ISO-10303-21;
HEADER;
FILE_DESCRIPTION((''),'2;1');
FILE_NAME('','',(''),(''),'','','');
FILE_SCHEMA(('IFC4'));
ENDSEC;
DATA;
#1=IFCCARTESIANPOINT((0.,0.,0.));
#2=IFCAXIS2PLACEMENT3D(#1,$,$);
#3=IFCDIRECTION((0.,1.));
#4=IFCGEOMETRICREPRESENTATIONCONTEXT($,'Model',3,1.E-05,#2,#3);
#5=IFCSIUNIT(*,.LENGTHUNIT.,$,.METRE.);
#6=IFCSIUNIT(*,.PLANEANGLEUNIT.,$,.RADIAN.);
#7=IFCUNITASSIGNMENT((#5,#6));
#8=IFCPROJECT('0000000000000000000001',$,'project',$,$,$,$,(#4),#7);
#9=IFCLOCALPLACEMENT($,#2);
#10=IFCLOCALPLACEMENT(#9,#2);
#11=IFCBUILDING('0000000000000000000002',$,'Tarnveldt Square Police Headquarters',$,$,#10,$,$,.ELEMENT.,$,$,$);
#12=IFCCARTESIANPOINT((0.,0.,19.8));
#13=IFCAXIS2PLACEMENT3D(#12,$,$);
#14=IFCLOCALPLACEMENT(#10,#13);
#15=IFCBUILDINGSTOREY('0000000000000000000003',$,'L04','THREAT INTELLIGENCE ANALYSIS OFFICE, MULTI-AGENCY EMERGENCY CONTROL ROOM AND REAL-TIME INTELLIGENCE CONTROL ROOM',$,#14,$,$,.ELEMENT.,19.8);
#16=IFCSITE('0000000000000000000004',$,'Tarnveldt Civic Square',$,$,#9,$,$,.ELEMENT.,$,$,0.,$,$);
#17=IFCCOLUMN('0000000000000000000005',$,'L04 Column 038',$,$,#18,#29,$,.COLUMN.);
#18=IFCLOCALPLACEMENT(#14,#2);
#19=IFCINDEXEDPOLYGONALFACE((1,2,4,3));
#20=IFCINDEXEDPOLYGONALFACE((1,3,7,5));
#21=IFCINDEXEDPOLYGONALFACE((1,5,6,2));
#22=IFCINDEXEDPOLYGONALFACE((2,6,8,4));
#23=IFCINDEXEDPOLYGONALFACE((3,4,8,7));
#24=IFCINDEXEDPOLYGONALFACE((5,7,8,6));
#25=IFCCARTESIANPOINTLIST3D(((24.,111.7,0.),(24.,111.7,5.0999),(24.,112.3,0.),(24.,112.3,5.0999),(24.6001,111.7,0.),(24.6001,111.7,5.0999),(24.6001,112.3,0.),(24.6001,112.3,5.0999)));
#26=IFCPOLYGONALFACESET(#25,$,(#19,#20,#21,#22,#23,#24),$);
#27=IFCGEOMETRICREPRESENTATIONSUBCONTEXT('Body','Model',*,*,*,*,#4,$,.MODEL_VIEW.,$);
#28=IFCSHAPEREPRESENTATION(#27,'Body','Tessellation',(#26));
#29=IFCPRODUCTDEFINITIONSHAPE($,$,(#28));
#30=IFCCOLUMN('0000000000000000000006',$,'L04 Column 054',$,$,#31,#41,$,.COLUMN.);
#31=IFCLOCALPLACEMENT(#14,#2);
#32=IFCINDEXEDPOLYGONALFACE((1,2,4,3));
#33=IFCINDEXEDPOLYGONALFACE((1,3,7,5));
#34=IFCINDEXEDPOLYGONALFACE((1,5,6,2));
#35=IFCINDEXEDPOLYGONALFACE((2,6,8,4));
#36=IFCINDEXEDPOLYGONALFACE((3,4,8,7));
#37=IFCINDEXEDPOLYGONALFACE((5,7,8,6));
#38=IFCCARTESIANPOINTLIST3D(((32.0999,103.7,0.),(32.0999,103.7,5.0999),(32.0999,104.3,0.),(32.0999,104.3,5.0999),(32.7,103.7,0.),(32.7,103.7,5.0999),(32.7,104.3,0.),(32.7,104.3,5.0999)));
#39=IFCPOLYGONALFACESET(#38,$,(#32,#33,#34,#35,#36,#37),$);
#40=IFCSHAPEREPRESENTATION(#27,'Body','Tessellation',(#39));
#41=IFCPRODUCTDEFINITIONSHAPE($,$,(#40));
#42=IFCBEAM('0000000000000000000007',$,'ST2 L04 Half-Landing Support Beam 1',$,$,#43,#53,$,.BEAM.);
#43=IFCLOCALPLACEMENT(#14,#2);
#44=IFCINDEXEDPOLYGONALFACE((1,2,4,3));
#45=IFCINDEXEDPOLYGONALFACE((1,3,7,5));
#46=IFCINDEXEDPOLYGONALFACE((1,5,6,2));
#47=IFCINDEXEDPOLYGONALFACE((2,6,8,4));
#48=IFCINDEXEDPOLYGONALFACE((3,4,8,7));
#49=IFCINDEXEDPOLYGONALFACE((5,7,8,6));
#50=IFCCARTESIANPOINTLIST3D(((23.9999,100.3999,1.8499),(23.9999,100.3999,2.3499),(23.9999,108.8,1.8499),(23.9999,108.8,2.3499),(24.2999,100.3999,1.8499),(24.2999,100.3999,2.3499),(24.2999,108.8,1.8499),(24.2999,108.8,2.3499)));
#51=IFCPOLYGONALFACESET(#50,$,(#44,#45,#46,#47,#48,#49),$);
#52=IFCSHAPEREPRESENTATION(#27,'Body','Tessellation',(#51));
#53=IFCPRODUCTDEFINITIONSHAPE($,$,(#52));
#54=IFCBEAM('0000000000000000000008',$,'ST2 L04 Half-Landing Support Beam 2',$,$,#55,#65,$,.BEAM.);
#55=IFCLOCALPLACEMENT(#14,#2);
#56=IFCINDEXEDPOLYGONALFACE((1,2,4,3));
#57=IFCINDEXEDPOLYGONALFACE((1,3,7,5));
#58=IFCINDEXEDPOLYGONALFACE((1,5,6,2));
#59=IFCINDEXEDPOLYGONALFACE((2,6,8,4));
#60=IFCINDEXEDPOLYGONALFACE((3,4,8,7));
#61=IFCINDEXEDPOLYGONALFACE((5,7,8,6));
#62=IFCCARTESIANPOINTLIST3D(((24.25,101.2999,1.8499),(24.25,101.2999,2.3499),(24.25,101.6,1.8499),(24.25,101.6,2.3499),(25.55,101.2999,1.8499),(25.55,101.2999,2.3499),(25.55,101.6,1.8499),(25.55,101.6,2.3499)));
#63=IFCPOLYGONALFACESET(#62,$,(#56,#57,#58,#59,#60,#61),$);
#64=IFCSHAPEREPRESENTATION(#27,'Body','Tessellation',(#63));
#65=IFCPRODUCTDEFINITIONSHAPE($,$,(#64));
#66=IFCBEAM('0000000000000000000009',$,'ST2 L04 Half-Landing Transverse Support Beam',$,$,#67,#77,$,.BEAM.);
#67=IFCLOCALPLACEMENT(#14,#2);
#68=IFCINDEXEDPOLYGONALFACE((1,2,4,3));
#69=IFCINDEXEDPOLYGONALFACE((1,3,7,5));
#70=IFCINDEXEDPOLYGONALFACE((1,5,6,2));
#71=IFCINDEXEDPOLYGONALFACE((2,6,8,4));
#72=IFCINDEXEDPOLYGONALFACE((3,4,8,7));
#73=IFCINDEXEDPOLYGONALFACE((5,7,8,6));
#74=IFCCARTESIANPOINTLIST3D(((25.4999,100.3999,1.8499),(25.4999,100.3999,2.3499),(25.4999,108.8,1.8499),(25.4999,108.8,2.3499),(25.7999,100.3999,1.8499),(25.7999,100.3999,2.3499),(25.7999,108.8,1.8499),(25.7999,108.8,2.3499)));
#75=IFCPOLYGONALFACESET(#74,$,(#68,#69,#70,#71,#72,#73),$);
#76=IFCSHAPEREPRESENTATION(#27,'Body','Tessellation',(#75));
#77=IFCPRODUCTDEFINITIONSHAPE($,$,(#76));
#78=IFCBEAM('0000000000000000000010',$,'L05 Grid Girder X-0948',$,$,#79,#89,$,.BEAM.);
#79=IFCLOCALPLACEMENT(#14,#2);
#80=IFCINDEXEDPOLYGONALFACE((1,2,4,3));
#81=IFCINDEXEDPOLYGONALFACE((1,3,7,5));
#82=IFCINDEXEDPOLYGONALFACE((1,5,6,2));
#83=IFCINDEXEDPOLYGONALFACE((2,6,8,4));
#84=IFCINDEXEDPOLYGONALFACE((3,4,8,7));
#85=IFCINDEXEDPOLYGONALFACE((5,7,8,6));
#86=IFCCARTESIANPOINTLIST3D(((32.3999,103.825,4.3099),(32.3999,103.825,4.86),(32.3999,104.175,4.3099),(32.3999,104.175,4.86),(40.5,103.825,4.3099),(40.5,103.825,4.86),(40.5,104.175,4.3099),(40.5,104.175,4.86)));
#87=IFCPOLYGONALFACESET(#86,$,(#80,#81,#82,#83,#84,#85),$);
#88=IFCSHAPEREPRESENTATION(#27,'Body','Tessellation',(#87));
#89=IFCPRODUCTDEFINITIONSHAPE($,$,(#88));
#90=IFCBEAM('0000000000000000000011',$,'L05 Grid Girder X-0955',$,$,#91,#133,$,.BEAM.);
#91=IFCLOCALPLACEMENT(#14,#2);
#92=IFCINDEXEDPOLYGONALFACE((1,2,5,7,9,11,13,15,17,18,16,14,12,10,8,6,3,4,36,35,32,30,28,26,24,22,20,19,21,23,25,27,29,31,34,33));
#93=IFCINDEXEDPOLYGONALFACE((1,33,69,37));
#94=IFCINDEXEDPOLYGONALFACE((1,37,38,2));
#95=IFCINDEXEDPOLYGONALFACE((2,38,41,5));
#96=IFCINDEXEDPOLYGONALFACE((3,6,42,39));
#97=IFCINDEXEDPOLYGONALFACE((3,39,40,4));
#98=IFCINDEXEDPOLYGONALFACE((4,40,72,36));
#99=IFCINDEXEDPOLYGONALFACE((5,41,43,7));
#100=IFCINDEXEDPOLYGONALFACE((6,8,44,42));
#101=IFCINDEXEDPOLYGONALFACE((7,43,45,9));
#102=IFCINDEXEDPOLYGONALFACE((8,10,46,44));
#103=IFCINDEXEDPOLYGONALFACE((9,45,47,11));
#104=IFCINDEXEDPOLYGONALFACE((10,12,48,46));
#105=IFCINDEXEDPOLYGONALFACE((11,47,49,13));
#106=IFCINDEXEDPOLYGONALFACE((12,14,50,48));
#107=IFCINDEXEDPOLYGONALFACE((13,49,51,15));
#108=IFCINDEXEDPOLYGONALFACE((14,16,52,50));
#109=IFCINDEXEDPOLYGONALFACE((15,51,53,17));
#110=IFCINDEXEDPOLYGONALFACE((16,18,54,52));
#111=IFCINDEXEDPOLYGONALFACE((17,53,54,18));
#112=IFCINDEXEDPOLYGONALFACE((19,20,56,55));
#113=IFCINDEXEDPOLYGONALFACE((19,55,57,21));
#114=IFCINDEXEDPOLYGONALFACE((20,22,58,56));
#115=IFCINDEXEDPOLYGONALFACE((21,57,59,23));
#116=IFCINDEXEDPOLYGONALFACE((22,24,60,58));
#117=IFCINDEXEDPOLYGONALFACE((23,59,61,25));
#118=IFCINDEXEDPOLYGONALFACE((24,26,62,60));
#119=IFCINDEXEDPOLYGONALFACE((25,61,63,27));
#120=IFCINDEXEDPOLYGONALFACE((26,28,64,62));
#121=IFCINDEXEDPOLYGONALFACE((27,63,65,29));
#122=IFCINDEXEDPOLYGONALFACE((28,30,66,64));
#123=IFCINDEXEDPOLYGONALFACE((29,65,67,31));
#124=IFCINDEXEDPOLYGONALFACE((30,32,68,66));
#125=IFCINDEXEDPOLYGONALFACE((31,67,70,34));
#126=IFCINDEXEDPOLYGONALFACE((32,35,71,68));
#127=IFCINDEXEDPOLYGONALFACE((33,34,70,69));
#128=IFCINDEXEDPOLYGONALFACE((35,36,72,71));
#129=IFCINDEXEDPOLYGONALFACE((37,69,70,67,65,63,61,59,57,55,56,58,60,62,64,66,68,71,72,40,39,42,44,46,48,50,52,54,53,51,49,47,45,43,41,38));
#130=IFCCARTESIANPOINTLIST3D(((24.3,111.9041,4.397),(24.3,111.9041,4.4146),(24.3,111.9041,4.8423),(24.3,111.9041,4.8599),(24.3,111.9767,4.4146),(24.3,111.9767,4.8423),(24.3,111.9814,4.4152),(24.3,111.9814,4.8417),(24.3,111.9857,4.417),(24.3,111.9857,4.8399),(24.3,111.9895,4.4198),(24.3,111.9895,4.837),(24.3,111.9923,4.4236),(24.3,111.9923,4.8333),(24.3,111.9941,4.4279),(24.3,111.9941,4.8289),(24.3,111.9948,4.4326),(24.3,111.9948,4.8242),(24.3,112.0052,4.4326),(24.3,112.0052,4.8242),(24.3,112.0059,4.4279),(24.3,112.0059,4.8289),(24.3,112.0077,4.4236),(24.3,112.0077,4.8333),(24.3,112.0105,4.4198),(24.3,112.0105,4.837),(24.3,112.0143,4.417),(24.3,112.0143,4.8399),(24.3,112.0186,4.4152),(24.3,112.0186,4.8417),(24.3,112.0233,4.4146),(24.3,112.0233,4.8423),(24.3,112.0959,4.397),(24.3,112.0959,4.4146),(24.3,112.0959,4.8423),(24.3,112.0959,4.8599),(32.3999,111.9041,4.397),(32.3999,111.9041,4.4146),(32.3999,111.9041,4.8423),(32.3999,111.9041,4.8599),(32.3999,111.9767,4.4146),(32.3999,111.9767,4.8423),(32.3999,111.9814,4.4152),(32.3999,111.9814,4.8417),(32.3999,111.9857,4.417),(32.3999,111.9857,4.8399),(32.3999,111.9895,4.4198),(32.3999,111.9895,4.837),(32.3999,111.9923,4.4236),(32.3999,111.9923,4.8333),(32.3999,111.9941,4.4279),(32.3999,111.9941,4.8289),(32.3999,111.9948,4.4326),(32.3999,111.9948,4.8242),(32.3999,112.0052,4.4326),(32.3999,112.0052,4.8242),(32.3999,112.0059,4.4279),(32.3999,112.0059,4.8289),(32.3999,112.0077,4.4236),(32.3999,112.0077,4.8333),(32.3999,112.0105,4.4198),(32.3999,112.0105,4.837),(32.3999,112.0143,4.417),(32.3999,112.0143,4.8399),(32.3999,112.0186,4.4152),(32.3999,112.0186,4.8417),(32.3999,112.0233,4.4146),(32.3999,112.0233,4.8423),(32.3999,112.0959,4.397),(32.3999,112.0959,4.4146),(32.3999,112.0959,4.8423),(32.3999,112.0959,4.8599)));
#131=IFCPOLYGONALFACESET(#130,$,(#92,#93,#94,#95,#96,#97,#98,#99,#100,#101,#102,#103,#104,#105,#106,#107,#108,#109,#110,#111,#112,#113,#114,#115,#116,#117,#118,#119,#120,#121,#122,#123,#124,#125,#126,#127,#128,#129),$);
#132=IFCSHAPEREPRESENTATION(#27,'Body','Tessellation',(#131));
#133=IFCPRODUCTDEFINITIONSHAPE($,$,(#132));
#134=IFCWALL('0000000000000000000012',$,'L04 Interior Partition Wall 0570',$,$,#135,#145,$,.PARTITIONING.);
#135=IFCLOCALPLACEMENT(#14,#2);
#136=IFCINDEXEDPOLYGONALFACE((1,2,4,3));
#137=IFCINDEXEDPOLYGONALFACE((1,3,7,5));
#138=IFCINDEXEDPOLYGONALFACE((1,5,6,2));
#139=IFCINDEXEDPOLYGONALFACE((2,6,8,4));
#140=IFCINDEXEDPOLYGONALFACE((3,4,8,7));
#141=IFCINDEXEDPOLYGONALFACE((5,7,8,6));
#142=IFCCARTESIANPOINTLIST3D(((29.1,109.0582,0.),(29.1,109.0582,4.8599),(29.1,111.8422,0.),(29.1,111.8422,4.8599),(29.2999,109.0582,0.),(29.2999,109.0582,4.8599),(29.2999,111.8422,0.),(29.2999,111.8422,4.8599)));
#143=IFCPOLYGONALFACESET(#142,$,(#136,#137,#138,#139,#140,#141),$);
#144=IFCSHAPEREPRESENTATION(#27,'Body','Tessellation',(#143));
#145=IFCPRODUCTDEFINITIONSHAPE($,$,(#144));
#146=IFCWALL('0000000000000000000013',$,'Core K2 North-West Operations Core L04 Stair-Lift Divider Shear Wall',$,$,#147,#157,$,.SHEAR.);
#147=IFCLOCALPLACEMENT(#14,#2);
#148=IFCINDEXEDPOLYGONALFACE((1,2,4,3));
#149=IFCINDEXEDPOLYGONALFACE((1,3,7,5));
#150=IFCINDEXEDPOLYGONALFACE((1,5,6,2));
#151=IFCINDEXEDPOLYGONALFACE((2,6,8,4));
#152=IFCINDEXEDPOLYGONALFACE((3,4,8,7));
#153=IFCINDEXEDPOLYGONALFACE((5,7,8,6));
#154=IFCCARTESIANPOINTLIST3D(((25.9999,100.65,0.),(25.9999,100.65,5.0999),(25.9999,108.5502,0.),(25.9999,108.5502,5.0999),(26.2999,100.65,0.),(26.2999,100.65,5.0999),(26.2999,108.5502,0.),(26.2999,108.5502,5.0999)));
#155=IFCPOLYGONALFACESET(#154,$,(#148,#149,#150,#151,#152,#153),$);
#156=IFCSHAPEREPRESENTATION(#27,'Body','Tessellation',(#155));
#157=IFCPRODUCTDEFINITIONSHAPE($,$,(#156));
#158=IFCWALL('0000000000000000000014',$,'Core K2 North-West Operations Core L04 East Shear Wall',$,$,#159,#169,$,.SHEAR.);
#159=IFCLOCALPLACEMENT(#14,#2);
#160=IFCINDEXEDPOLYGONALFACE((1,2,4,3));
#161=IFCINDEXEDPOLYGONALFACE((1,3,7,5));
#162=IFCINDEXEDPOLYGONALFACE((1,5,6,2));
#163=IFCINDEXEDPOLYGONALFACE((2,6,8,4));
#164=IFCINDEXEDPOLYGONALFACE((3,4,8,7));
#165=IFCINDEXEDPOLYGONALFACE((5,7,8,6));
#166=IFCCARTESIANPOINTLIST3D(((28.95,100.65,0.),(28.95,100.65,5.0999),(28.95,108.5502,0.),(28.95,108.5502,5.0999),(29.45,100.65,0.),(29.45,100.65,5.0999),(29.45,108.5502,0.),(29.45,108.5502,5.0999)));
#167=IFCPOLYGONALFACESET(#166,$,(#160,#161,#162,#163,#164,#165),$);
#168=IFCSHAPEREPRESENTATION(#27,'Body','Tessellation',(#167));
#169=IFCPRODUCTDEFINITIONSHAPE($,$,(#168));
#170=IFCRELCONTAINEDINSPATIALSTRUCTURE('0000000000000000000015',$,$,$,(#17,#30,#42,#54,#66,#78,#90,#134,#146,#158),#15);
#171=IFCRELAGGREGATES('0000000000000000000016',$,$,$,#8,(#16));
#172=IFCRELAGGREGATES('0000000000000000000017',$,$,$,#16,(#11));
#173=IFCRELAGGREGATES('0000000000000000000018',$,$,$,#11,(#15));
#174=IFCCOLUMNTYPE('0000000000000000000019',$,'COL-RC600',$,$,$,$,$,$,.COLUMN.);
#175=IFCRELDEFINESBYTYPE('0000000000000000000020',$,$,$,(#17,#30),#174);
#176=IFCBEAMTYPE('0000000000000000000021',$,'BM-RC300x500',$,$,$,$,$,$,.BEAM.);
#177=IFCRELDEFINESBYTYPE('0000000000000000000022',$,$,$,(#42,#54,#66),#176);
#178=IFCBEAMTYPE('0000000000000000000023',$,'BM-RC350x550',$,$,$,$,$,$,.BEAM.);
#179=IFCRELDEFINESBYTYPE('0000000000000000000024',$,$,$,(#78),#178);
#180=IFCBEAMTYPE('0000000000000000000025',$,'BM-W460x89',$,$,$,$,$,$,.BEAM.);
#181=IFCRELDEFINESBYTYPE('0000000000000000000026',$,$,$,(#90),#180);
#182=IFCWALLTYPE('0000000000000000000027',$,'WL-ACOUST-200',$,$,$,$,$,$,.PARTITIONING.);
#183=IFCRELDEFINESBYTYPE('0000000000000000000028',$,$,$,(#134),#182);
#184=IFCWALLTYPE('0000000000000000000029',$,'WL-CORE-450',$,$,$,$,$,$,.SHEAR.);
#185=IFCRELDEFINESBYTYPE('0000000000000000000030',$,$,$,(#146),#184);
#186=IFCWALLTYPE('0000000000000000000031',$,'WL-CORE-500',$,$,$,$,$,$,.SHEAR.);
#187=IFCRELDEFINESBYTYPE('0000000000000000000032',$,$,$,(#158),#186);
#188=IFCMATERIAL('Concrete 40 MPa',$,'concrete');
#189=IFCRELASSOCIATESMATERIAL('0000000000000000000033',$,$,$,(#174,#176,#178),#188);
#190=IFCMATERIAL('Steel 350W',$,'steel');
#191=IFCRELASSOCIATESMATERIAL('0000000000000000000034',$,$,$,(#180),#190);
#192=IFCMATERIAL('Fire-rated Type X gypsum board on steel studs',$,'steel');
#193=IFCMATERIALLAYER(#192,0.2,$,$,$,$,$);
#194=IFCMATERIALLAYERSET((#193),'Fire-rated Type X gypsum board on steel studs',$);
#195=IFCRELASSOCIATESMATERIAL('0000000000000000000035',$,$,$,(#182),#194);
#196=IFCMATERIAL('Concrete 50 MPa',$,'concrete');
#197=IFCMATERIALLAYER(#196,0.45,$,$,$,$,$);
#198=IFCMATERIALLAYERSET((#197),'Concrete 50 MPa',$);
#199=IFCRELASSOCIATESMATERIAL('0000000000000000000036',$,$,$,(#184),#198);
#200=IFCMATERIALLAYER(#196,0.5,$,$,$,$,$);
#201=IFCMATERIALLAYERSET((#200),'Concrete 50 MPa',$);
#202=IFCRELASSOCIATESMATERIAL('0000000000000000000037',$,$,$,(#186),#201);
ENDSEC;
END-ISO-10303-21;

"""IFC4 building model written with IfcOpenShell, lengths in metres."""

from ifc_helpers import new_model, si_unit, direction, frame, frame_2d, origin, origin_2d, place, context, subcontext, project, spatial, rectangle, i_section, extrude, material, layer, layer_set, material_profile, profile_set, type_object, element, save


model = new_model("IFC4")

# Units and contexts
model_context = context("Model", 3, precision=1e-05, world=origin(), true_north=direction((0.0, 1.0)))
body_context = subcontext(model_context, "Body", "Model", "MODEL_VIEW")
ifc_project = project(units=[si_unit("LENGTHUNIT", "METRE"), si_unit("PLANEANGLEUNIT", "RADIAN")], contexts=[model_context])

# Site, building, storey
site_placement = place(None, origin())
site = spatial("IfcSite", under=ifc_project, at=site_placement, Name="Tarnveldt Civic Square", CompositionType="ELEMENT", RefElevation=0.0)
building_placement = place(site_placement, origin())
building = spatial("IfcBuilding", under=site, at=building_placement, Name="Tarnveldt Square Police Headquarters", CompositionType="ELEMENT")
storey_placement = place(building_placement, frame((0.0, 0.0, 19.8)))
storey = spatial("IfcBuildingStorey", under=building, at=storey_placement, Name="L04", Description="THREAT INTELLIGENCE ANALYSIS OFFICE, MULTI-AGENCY EMERGENCY CONTROL ROOM AND REAL-TIME INTELLIGENCE CONTROL ROOM", CompositionType="ELEMENT", Elevation=19.8)

# Columns
ifc_material_1 = material(Name="Concrete 40 MPa", Category="concrete")
ifc_material_profile_1 = material_profile(ifc_material_1, rectangle(XDim=0.6001, YDim=0.6001, at=origin_2d()), Name="RC-C600x600")
ifc_profile_set_1 = profile_set([ifc_material_profile_1], Name="Concrete 40 MPa")
column_type = type_object("IfcColumnType", Name="COL-RC600", PredefinedType="COLUMN", material=ifc_profile_set_1)
for number, where, z_axis, x_axis, name in (
    (1, (24.3, 112.0, 0.0), (0.0, 0.0, 1.0), (1.0, 0.0, 0.0), "L04 Column 038"),
    (2, (32.3999, 104.0, 0.0), (0.0, 0.0, 1.0), (1.0, 0.0, 0.0), "L04 Column 054"),
):
    element("IfcColumn", number, at=place(storey_placement, frame(where, z_axis=z_axis, x_axis=x_axis)), inside=storey, type_object=column_type, Name=name, PredefinedType="COLUMN", context=body_context, shape_type="SweptSolid", body=[
        extrude(rectangle(XDim=0.6001, YDim=0.6001, at=origin_2d()), origin(), (0.0, 0.0, 1.0), 5.0999),
    ])

# Beams
ifc_material_profile_2 = material_profile(ifc_material_1, rectangle(XDim=0.3, YDim=0.5, at=origin_2d()), Name="RC-B300x500")
ifc_profile_set_2 = profile_set([ifc_material_profile_2], Name="Concrete 40 MPa")
beam_type_1 = type_object("IfcBeamType", Name="BM-RC300x500", PredefinedType="BEAM", material=ifc_profile_set_2)
beam_1_placement = place(storey_placement, frame((24.1499, 100.3999, 2.0999), z_axis=(0.0, 1.0, 0.0), x_axis=(-1.0, 0.0, 0.0)))
element("IfcBeam", 3, at=beam_1_placement, inside=storey, type_object=beam_type_1, Name="ST2 L04 Half-Landing Support Beam 1", PredefinedType="BEAM", context=body_context, shape_type="SweptSolid", body=[
    extrude(rectangle(XDim=0.3, YDim=0.5, at=origin_2d()), origin(), (0.0, 0.0, 1.0), 8.4001),
])
beam_2_placement = place(storey_placement, frame((24.25, 101.45, 2.0999), z_axis=(1.0, 0.0, 0.0), x_axis=(0.0, 1.0, 0.0)))
element("IfcBeam", 4, at=beam_2_placement, inside=storey, type_object=beam_type_1, Name="ST2 L04 Half-Landing Support Beam 2", PredefinedType="BEAM", context=body_context, shape_type="SweptSolid", body=[
    extrude(rectangle(XDim=0.3, YDim=0.5, at=origin_2d()), origin(), (0.0, 0.0, 1.0), 1.3),
])
beam_3_placement = place(storey_placement, frame((25.6499, 100.3999, 2.0999), z_axis=(0.0, 1.0, 0.0), x_axis=(-1.0, 0.0, 0.0)))
element("IfcBeam", 5, at=beam_3_placement, inside=storey, type_object=beam_type_1, Name="ST2 L04 Half-Landing Transverse Support Beam", PredefinedType="BEAM", context=body_context, shape_type="SweptSolid", body=[
    extrude(rectangle(XDim=0.3, YDim=0.5, at=origin_2d()), origin(), (0.0, 0.0, 1.0), 8.4001),
])
ifc_material_profile_3 = material_profile(ifc_material_1, rectangle(XDim=0.3501, YDim=0.55, at=origin_2d()), Name="RC-B350x550")
ifc_profile_set_3 = profile_set([ifc_material_profile_3], Name="Concrete 40 MPa")
beam_type_2 = type_object("IfcBeamType", Name="BM-RC350x550", PredefinedType="BEAM", material=ifc_profile_set_3)
beam_4_placement = place(storey_placement, frame((32.3999, 104.0, 4.585), z_axis=(1.0, 0.0, 0.0), x_axis=(0.0, 1.0, 0.0)))
element("IfcBeam", 6, at=beam_4_placement, inside=storey, type_object=beam_type_2, Name="L05 Grid Girder X-0948", PredefinedType="BEAM", context=body_context, shape_type="SweptSolid", body=[
    extrude(rectangle(XDim=0.3501, YDim=0.55, at=origin_2d()), origin(), (0.0, 0.0, 1.0), 8.1001),
])
ifc_material_2 = material(Name="Steel 350W", Category="steel")
ifc_material_profile_4 = material_profile(ifc_material_2, i_section(OverallWidth=0.1919, OverallDepth=0.4629, WebThickness=0.0105, FlangeThickness=0.0176, FilletRadius=0.0181, at=origin_2d()), Name="W460x89")
ifc_profile_set_4 = profile_set([ifc_material_profile_4], Name="Steel 350W")
beam_type_3 = type_object("IfcBeamType", Name="BM-W460x89", PredefinedType="BEAM", material=ifc_profile_set_4)
beam_5_placement = place(storey_placement, frame((24.3, 112.0, 4.6284), z_axis=(1.0, 0.0, 0.0), x_axis=(0.0, 1.0, 0.0)))
element("IfcBeam", 7, at=beam_5_placement, inside=storey, type_object=beam_type_3, Name="L05 Grid Girder X-0955", PredefinedType="BEAM", context=body_context, shape_type="SweptSolid", body=[
    extrude(i_section(OverallWidth=0.1919, OverallDepth=0.4629, WebThickness=0.0105, FlangeThickness=0.0176, FilletRadius=0.0181, at=origin_2d()), origin(), (0.0, 0.0, 1.0), 8.0999),
])

# Walls
ifc_material_3 = material(Name="Fire-rated Type X gypsum board on steel studs", Category="steel")
ifc_layer_1 = layer(ifc_material_3, 0.2)
ifc_layer_set_1 = layer_set([ifc_layer_1], Name="Fire-rated Type X gypsum board on steel studs")
wall_type_1 = type_object("IfcWallType", Name="WL-ACOUST-200", PredefinedType="PARTITIONING", material=ifc_layer_set_1)
wall_1_placement = place(storey_placement, frame((29.2, 109.0581, 0.0), z_axis=(0.0, 0.0, 1.0), x_axis=(0.0, 1.0, 0.0)))
element("IfcWall", 8, at=wall_1_placement, inside=storey, type_object=wall_type_1, Name="L04 Interior Partition Wall 0570", PredefinedType="PARTITIONING", context=body_context, shape_type="SweptSolid", body=[
    extrude(rectangle(XDim=2.7839, YDim=0.2, at=frame_2d((1.3921, 0.0))), origin(), (0.0, 0.0, 1.0), 4.8599),
])
ifc_material_4 = material(Name="Concrete 50 MPa", Category="concrete")
ifc_layer_2 = layer(ifc_material_4, 0.45)
ifc_layer_set_2 = layer_set([ifc_layer_2], Name="Concrete 50 MPa")
wall_type_2 = type_object("IfcWallType", Name="WL-CORE-450", PredefinedType="SHEAR", material=ifc_layer_set_2)
wall_2_placement = place(storey_placement, frame((26.1499, 100.6499, 0.0), z_axis=(0.0, 0.0, 1.0), x_axis=(0.0, 1.0, 0.0)))
element("IfcWall", 9, at=wall_2_placement, inside=storey, type_object=wall_type_2, Name="Core K2 North-West Operations Core L04 Stair-Lift Divider Shear Wall", PredefinedType="SHEAR", context=body_context, shape_type="SweptSolid", body=[
    extrude(rectangle(XDim=7.9001, YDim=0.3, at=frame_2d((3.9502, 0.0))), origin(), (0.0, 0.0, 1.0), 5.0999),
])
ifc_layer_3 = layer(ifc_material_4, 0.5)
ifc_layer_set_3 = layer_set([ifc_layer_3], Name="Concrete 50 MPa")
wall_type_3 = type_object("IfcWallType", Name="WL-CORE-500", PredefinedType="SHEAR", material=ifc_layer_set_3)
wall_3_placement = place(storey_placement, frame((29.2, 100.6499, 0.0), z_axis=(0.0, 0.0, 1.0), x_axis=(0.0, 1.0, 0.0)))
element("IfcWall", 10, at=wall_3_placement, inside=storey, type_object=wall_type_3, Name="Core K2 North-West Operations Core L04 East Shear Wall", PredefinedType="SHEAR", context=body_context, shape_type="SweptSolid", body=[
    extrude(rectangle(XDim=7.9001, YDim=0.5, at=frame_2d((3.9502, 0.0))), origin(), (0.0, 0.0, 1.0), 5.0999),
])

save(model, "model.ifc")
